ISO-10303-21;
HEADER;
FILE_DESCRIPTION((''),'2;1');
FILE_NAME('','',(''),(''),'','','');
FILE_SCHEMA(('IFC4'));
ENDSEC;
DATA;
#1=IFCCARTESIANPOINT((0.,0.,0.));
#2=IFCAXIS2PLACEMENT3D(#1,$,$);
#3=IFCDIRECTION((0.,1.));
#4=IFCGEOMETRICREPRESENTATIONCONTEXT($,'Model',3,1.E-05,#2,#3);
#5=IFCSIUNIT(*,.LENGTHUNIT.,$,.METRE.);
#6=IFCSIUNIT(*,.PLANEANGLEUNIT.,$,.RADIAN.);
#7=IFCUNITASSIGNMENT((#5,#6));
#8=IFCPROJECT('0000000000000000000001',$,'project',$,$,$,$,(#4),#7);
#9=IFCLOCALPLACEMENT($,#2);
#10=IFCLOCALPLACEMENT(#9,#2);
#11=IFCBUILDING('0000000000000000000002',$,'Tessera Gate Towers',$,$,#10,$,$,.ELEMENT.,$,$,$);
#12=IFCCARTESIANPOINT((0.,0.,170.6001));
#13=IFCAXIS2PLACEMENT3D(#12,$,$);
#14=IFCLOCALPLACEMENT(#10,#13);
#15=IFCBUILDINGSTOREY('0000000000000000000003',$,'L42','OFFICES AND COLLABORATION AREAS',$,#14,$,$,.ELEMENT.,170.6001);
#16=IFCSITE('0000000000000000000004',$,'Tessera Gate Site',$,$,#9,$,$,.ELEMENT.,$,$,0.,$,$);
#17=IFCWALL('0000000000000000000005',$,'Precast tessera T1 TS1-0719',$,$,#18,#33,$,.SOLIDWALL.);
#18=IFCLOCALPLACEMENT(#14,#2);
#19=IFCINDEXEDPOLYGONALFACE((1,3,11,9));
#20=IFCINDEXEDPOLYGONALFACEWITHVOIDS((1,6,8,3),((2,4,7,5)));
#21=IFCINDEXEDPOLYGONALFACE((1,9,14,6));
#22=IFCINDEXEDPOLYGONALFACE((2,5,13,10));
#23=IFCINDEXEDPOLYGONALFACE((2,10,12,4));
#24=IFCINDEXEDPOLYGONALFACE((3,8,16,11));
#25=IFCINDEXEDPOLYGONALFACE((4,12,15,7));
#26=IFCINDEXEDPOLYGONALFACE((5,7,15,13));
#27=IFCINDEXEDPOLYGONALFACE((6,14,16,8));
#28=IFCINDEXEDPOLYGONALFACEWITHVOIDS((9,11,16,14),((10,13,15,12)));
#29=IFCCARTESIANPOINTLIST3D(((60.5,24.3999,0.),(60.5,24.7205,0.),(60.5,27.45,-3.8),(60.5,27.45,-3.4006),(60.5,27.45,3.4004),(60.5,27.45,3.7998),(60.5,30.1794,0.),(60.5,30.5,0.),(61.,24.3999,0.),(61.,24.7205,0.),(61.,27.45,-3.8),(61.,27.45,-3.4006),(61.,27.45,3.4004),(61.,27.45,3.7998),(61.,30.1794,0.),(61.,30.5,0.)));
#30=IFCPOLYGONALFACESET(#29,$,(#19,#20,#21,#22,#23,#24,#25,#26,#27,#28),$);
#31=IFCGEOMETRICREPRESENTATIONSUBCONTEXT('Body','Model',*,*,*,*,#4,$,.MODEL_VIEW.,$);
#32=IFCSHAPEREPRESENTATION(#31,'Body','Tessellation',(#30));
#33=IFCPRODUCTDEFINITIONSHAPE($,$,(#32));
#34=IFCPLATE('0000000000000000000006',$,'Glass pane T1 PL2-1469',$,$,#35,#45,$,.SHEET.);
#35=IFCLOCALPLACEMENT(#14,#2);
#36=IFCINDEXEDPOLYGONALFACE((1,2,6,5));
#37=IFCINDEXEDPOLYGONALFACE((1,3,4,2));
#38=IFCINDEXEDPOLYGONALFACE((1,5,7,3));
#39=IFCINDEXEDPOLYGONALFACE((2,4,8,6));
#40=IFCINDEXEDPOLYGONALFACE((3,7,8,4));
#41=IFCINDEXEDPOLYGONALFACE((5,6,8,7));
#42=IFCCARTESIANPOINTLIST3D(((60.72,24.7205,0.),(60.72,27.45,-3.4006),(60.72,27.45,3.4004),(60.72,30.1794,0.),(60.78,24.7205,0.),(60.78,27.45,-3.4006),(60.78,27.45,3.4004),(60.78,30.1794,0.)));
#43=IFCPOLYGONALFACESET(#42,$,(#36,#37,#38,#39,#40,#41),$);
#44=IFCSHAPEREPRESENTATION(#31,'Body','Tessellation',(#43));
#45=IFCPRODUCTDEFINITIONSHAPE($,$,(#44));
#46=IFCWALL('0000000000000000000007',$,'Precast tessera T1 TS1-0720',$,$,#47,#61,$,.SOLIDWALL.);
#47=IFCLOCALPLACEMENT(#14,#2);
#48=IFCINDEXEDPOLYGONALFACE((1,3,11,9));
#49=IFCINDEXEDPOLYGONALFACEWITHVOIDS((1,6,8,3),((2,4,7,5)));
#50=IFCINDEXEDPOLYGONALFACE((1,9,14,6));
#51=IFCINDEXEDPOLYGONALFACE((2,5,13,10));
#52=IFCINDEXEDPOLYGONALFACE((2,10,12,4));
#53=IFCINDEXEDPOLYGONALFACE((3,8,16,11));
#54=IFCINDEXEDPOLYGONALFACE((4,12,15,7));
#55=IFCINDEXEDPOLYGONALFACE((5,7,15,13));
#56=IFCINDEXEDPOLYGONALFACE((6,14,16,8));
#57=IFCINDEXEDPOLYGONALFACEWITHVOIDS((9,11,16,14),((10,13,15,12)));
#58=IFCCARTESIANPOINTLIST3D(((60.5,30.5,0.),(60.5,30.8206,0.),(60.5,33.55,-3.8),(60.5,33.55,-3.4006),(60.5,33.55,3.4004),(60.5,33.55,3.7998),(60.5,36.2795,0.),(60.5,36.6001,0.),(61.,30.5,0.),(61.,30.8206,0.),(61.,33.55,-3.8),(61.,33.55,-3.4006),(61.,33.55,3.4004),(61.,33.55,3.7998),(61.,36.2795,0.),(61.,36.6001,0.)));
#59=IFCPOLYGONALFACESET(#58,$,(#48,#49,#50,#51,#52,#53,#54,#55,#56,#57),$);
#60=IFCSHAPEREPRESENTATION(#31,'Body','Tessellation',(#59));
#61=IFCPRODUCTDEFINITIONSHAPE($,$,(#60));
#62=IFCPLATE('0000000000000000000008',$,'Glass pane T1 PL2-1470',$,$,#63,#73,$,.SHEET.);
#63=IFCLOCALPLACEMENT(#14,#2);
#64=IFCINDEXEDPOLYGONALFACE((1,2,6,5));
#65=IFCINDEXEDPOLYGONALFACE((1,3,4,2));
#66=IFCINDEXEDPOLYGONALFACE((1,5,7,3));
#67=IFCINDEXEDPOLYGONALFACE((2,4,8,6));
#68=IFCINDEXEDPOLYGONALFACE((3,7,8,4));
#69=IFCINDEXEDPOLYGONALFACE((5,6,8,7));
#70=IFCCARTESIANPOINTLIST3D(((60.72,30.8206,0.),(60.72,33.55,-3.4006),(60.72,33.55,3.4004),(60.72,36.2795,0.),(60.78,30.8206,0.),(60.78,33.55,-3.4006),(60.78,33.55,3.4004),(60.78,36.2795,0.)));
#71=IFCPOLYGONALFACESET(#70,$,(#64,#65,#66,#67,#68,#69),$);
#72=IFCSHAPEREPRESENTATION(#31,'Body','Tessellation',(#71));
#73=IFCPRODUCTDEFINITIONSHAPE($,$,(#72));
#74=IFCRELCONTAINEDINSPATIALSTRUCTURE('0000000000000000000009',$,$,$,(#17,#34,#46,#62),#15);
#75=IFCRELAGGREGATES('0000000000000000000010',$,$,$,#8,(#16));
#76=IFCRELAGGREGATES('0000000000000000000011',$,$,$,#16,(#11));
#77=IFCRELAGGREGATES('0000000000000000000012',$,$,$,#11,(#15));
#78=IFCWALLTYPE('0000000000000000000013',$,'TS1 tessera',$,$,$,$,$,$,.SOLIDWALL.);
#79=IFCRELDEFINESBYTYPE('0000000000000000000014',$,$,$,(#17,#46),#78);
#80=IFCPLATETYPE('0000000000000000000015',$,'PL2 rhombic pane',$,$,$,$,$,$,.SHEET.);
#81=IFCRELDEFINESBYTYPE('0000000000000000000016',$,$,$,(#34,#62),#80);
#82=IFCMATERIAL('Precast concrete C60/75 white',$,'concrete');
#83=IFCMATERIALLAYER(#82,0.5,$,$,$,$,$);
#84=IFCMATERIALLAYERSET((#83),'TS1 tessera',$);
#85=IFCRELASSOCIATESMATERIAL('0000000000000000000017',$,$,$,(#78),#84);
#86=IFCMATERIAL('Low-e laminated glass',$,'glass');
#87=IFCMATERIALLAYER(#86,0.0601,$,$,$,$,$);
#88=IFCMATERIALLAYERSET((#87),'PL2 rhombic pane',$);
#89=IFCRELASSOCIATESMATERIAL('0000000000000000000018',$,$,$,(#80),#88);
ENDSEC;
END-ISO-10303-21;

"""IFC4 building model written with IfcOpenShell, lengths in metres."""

from ifc_helpers import new_model, si_unit, direction, frame, origin, place, context, subcontext, project, spatial, polyline, outline, extrude, source, transform, mapped, material, layer, layer_set, type_object, element, fill, save


model = new_model("IFC4")

# Units and contexts
model_context = context("Model", 3, precision=1e-05, world=origin(), true_north=direction((0.0, 1.0)))
body_context = subcontext(model_context, "Body", "Model", "MODEL_VIEW")
ifc_project = project(units=[si_unit("LENGTHUNIT", "METRE"), si_unit("PLANEANGLEUNIT", "RADIAN")], contexts=[model_context])

# Site, building, storey
site_placement = place(None, origin())
site = spatial("IfcSite", under=ifc_project, at=site_placement, Name="Tessera Gate Site", CompositionType="ELEMENT", RefElevation=0.0)
building_placement = place(site_placement, origin())
building = spatial("IfcBuilding", under=site, at=building_placement, Name="Tessera Gate Towers", CompositionType="ELEMENT")
storey_placement = place(building_placement, frame((0.0, 0.0, 170.6001)))
storey = spatial("IfcBuildingStorey", under=building, at=storey_placement, Name="L42", Description="OFFICES AND COLLABORATION AREAS", CompositionType="ELEMENT", Elevation=170.6001)

# Walls, openings, plates
ifc_material_1 = material(Name="Precast concrete C60/75 white", Category="concrete")
ifc_layer_1 = layer(ifc_material_1, 0.5)
ifc_layer_set_1 = layer_set([ifc_layer_1], Name="TS1 tessera")
wall_type_1 = type_object("IfcWallType", Name="TS1 tessera", PredefinedType="SOLIDWALL", material=ifc_layer_set_1)
shared_shape_1 = source(origin(), body_context, "Body", "SweptSolid", [
    extrude(outline(polyline([(3.05, 0.0), (6.1001, 3.8), (3.05, 7.5999), (0.0, 3.8), (3.05, 0.0)])), frame((0.0, 0.25, 0.0), z_axis=(0.0, -1.0, 0.0), x_axis=(1.0, 0.0, 0.0)), (0.0, 0.0, 1.0), 0.5),
])
wall_1_placement = place(storey_placement, frame((60.75, 24.3999, -3.8), z_axis=(0.0, 0.0, 1.0), x_axis=(0.0, 1.0, 0.0)))
wall_1 = element("IfcWall", 1, at=wall_1_placement, inside=storey, type_object=wall_type_1, Name="Precast tessera T1 TS1-0719", PredefinedType="SOLIDWALL", context=body_context, shape_type="MappedRepresentation", body=[
    mapped(shared_shape_1, transform((0.0, 0.0, 0.0), scale=1.0)),
])
shared_shape_2 = source(origin(), body_context, "Body", "SweptSolid", [
    extrude(outline(polyline([(3.05, 0.3994), (5.7795, 3.8), (3.05, 7.2004), (0.3206, 3.8), (3.05, 0.3994)])), frame((0.0, 0.26, 0.0), z_axis=(0.0, -1.0, 0.0), x_axis=(1.0, 0.0, 0.0)), (0.0, 0.0, 1.0), 0.52),
])
opening_1_placement = place(wall_1_placement, origin())
opening_1 = element("IfcOpeningElement", 2, at=opening_1_placement, cuts=wall_1, PredefinedType="OPENING", context=body_context, shape_type="MappedRepresentation", body=[
    mapped(shared_shape_2, transform((0.0, 0.0, 0.0), scale=1.0)),
])
ifc_material_2 = material(Name="Low-e laminated glass", Category="glass")
ifc_layer_2 = layer(ifc_material_2, 0.0601)
ifc_layer_set_2 = layer_set([ifc_layer_2], Name="PL2 rhombic pane")
plate_type = type_object("IfcPlateType", Name="PL2 rhombic pane", PredefinedType="SHEET", material=ifc_layer_set_2)
shared_shape_3 = source(origin(), body_context, "Body", "SweptSolid", [
    extrude(outline(polyline([(3.05, 0.3994), (5.7795, 3.8), (3.05, 7.2004), (0.3206, 3.8), (3.05, 0.3994)])), frame((0.0, 0.03, 0.0), z_axis=(0.0, -1.0, 0.0), x_axis=(1.0, 0.0, 0.0)), (0.0, 0.0, 1.0), 0.0601),
])
plate_1_placement = place(opening_1_placement, origin())
plate_1 = element("IfcPlate", 3, at=plate_1_placement, inside=storey, type_object=plate_type, Name="Glass pane T1 PL2-1469", PredefinedType="SHEET", context=body_context, shape_type="MappedRepresentation", body=[
    mapped(shared_shape_3, transform((0.0, 0.0, 0.0), scale=1.0)),
])
fill(opening_1, plate_1)
wall_2_placement = place(storey_placement, frame((60.75, 30.5, -3.8), z_axis=(0.0, 0.0, 1.0), x_axis=(0.0, 1.0, 0.0)))
wall_2 = element("IfcWall", 4, at=wall_2_placement, inside=storey, type_object=wall_type_1, Name="Precast tessera T1 TS1-0720", PredefinedType="SOLIDWALL", context=body_context, shape_type="MappedRepresentation", body=[
    mapped(shared_shape_1, transform((0.0, 0.0, 0.0), scale=1.0)),
])
opening_2_placement = place(wall_2_placement, origin())
opening_2 = element("IfcOpeningElement", 5, at=opening_2_placement, cuts=wall_2, PredefinedType="OPENING", context=body_context, shape_type="MappedRepresentation", body=[
    mapped(shared_shape_2, transform((0.0, 0.0, 0.0), scale=1.0)),
])
plate_2_placement = place(opening_2_placement, origin())
plate_2 = element("IfcPlate", 6, at=plate_2_placement, inside=storey, type_object=plate_type, Name="Glass pane T1 PL2-1470", PredefinedType="SHEET", context=body_context, shape_type="MappedRepresentation", body=[
    mapped(shared_shape_3, transform((0.0, 0.0, 0.0), scale=1.0)),
])
fill(opening_2, plate_2)

save(model, "model.ifc")
